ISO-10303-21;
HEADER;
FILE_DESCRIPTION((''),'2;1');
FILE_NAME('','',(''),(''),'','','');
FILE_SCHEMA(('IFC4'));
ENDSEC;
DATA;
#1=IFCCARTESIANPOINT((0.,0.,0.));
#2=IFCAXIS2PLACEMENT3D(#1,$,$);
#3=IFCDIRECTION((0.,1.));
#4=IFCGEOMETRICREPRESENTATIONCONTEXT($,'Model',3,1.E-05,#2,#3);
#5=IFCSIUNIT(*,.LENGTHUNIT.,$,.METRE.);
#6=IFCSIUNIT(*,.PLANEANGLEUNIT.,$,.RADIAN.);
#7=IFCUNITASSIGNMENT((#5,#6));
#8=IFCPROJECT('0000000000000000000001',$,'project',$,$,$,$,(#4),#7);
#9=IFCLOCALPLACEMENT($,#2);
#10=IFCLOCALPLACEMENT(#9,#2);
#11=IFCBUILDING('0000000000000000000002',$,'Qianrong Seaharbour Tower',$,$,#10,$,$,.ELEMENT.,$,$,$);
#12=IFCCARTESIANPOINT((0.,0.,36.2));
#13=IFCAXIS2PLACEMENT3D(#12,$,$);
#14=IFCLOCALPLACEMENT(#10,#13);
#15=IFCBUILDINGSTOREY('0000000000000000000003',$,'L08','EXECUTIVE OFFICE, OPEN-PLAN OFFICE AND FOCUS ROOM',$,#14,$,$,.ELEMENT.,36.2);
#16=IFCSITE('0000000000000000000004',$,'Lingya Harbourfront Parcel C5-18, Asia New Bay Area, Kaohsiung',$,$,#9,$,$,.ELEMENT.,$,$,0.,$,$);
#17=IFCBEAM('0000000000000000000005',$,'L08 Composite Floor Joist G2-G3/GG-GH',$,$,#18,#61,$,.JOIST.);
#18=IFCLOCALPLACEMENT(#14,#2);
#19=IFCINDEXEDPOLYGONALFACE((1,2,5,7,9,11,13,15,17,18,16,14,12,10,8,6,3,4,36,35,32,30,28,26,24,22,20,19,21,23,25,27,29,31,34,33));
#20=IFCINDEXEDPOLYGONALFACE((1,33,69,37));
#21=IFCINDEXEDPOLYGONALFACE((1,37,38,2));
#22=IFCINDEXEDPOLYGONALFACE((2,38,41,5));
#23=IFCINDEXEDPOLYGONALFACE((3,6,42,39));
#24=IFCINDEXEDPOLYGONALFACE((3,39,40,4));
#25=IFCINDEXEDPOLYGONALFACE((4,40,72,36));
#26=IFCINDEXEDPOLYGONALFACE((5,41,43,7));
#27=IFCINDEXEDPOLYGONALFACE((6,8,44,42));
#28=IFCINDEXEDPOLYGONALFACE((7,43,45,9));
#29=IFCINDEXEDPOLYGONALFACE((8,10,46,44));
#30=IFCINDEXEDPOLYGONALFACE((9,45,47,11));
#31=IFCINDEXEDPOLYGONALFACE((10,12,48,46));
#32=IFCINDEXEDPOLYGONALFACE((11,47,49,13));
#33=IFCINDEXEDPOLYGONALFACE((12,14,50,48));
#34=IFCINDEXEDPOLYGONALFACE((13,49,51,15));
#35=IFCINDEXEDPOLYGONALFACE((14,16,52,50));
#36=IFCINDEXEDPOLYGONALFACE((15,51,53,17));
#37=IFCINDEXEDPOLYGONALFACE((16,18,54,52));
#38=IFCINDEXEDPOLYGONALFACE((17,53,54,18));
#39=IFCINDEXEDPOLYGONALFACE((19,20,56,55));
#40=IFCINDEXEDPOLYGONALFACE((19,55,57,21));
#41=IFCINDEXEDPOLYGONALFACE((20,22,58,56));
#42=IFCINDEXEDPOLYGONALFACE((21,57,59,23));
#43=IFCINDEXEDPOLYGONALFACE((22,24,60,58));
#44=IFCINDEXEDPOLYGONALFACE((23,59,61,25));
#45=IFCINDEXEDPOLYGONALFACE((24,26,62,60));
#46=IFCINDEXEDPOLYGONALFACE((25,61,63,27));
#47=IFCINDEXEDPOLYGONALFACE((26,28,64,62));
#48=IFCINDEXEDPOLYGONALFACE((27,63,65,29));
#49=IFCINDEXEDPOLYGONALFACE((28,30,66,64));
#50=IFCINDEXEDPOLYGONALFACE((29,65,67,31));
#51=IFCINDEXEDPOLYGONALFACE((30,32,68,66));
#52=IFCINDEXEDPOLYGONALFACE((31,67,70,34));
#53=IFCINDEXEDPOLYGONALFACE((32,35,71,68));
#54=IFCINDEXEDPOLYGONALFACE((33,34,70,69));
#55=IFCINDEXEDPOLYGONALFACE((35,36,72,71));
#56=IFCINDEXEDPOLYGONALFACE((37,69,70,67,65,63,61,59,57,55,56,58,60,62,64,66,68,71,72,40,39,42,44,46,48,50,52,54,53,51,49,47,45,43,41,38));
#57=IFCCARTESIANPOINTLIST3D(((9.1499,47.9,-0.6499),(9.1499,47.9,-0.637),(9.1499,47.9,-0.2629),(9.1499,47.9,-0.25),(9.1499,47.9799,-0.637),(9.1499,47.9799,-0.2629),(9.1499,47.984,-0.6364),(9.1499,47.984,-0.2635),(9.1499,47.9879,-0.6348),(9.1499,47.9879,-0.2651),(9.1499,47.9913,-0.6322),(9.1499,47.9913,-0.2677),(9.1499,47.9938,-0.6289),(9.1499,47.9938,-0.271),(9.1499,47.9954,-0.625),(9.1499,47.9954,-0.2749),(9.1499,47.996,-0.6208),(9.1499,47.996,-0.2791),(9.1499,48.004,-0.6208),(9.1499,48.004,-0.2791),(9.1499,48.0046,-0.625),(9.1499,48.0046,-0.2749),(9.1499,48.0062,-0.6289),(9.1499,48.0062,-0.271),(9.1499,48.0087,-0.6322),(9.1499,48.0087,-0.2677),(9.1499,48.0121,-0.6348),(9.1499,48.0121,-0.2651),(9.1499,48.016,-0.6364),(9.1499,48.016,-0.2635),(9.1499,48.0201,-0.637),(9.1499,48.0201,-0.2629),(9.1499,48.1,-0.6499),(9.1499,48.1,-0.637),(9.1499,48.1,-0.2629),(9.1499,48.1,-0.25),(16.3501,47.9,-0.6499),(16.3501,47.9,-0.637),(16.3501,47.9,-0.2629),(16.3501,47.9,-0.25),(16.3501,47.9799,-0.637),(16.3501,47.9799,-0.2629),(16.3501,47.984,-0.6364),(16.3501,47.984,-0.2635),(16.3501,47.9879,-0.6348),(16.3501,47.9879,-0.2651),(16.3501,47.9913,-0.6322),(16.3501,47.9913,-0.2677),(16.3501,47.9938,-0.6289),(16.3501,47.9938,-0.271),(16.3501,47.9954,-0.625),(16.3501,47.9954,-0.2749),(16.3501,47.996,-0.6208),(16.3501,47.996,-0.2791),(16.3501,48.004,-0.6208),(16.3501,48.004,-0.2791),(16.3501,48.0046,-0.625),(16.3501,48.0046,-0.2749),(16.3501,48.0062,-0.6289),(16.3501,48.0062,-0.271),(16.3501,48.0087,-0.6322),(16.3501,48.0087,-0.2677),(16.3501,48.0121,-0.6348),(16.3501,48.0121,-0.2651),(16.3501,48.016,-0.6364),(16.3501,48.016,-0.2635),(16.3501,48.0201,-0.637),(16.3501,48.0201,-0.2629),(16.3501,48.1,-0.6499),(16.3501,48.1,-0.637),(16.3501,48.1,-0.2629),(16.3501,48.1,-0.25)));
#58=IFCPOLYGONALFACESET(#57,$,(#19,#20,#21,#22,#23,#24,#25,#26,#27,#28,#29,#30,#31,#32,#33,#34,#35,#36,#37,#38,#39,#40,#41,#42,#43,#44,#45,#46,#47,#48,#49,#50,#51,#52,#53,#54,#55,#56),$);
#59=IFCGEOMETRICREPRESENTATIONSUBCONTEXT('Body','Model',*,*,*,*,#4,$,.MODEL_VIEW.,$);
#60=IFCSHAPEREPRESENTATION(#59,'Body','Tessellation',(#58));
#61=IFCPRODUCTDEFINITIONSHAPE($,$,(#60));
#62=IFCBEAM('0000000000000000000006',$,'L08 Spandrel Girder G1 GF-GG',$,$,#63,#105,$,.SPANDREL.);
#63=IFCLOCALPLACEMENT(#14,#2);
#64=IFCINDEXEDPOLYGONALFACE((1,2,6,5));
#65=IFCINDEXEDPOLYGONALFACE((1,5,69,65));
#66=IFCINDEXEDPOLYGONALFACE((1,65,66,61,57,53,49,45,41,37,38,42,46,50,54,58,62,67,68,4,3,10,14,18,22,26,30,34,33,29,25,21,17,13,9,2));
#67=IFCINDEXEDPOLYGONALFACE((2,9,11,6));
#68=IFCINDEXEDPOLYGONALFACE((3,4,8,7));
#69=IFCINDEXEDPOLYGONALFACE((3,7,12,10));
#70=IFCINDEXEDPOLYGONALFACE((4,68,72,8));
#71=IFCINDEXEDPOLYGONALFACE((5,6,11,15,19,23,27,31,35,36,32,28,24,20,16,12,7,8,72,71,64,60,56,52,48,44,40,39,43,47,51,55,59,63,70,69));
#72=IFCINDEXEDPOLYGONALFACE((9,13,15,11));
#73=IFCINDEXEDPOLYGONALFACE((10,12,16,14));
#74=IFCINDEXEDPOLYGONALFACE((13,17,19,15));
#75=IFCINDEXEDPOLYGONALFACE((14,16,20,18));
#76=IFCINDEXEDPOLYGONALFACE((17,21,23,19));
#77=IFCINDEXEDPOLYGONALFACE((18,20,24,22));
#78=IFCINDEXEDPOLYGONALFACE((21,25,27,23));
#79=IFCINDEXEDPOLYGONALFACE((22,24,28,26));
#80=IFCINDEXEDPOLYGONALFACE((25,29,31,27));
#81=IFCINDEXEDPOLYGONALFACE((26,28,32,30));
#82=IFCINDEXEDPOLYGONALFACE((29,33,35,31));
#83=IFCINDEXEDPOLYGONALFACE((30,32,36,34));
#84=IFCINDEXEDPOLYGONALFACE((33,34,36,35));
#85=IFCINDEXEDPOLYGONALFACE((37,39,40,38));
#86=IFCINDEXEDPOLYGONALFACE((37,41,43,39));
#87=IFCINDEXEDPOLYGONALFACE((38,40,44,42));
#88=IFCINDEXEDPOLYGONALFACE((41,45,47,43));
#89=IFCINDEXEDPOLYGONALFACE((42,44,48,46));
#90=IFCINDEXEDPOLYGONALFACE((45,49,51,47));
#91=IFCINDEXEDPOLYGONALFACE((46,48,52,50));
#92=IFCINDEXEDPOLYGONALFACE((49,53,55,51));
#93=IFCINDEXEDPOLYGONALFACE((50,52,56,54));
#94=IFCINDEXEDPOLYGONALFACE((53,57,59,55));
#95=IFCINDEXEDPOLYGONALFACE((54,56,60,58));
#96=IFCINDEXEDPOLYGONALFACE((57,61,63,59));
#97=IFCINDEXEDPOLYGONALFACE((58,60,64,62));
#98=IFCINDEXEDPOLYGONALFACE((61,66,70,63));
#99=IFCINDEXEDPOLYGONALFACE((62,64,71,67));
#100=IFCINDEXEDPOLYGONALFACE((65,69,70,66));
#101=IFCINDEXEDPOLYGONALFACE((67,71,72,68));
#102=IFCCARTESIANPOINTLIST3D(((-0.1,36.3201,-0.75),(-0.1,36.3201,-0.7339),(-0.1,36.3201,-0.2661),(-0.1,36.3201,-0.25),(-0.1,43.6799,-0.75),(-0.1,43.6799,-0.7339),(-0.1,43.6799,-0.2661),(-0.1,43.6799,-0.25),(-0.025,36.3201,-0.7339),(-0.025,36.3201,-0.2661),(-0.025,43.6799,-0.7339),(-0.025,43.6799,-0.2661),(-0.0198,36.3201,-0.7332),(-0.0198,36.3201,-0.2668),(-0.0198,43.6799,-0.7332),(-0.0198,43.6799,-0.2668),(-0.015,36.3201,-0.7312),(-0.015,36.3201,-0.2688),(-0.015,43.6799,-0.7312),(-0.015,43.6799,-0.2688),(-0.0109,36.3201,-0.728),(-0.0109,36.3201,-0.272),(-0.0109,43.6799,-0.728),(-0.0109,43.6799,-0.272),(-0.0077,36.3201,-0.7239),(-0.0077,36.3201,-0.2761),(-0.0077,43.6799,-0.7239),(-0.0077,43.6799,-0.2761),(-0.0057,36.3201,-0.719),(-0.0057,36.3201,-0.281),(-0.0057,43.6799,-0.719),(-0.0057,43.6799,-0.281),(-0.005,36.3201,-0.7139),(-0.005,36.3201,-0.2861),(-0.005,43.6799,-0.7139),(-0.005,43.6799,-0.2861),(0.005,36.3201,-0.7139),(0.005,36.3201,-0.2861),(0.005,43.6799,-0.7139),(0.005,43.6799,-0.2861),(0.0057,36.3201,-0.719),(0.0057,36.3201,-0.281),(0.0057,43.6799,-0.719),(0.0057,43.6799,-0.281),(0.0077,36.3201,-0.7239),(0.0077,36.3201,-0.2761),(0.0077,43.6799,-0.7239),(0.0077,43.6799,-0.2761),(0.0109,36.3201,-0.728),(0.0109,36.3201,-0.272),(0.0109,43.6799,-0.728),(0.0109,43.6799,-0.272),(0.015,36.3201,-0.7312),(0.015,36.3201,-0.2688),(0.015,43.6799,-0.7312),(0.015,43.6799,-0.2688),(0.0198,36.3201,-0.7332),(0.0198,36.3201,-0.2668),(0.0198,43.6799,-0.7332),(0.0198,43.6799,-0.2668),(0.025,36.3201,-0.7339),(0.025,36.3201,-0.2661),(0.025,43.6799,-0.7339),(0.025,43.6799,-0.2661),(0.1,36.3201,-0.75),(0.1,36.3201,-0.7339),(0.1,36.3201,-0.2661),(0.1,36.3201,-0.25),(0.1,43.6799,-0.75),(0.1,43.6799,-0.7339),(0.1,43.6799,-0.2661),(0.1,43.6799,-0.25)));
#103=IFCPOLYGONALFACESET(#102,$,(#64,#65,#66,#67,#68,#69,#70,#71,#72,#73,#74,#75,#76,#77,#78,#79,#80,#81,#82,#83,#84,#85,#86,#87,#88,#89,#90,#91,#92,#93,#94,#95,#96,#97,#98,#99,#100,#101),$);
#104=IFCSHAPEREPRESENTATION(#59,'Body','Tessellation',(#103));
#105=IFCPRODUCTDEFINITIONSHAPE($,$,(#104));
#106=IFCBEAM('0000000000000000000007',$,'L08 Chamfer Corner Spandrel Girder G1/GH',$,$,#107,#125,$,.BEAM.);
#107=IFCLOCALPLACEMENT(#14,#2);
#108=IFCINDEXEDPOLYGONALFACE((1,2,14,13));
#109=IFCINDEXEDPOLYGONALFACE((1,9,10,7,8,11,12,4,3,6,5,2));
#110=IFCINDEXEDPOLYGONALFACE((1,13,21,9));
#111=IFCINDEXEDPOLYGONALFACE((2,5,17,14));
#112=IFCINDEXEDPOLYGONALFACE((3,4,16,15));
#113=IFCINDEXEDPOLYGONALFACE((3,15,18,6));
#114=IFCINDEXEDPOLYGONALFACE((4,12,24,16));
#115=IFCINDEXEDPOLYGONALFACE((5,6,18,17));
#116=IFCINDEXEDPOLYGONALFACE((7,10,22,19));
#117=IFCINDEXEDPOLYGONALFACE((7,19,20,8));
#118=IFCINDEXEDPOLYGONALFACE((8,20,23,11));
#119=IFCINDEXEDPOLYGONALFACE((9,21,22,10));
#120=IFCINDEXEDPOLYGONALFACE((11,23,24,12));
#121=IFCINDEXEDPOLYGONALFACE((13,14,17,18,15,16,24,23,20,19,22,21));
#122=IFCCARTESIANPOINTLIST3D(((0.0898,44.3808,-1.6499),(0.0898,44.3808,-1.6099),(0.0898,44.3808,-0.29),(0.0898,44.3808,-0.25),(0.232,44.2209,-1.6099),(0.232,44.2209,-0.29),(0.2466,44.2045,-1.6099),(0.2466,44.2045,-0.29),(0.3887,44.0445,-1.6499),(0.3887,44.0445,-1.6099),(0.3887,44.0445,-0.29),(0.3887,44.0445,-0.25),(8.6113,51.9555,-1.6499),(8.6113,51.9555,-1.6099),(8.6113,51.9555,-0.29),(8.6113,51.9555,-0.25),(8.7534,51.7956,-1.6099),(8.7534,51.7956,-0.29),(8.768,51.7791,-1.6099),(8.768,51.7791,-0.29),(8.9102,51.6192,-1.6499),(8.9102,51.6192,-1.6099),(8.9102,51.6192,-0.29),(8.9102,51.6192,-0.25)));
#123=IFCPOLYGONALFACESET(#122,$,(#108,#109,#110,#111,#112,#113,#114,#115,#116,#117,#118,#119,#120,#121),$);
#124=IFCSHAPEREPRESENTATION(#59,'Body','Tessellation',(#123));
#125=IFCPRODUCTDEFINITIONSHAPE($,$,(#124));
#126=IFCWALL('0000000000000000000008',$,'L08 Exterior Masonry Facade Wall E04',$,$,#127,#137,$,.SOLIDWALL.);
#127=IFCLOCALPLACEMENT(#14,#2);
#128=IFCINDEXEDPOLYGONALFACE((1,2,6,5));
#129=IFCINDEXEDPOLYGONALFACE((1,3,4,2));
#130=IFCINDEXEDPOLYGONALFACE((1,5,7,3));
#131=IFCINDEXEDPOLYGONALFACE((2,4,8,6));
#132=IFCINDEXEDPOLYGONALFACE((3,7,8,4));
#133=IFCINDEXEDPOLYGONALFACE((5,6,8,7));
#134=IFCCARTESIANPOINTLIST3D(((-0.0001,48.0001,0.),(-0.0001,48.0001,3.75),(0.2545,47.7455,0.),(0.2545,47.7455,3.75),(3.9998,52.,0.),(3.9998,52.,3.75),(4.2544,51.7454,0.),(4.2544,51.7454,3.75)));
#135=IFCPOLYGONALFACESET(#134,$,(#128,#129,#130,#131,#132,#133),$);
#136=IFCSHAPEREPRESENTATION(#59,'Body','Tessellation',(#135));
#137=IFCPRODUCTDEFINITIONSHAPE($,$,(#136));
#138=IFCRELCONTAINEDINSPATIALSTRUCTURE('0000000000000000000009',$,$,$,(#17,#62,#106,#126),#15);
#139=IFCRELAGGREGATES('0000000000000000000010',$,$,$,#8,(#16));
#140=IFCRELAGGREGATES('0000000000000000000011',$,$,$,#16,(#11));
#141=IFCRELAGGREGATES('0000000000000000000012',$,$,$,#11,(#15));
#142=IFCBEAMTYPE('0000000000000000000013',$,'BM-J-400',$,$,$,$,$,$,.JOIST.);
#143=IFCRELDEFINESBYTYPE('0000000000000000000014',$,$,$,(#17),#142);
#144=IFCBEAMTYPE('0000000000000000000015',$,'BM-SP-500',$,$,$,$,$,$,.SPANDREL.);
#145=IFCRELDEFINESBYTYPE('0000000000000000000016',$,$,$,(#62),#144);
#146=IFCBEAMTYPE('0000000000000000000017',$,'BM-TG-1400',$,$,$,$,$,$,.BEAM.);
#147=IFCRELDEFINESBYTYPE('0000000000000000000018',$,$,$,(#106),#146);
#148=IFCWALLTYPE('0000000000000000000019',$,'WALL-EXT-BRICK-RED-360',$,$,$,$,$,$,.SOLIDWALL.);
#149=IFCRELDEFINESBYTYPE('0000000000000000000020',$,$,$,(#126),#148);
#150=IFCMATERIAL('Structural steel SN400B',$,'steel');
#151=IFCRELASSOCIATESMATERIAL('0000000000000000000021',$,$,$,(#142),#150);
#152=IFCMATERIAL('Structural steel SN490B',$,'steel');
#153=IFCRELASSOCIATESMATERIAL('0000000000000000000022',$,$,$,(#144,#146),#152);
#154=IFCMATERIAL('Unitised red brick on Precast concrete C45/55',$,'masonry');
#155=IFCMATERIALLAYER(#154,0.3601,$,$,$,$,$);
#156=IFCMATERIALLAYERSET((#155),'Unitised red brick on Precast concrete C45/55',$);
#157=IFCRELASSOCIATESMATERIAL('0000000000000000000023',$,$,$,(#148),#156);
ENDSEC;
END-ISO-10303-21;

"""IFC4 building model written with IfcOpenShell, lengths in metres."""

from ifc_helpers import new_model, si_unit, direction, frame, frame_2d, origin, origin_2d, place, context, subcontext, project, spatial, rectangle, i_section, extrude, material, layer, layer_set, material_profile, profile_set, type_object, element, save


model = new_model("IFC4")

# Units and contexts
model_context = context("Model", 3, precision=1e-05, world=origin(), true_north=direction((0.0, 1.0)))
body_context = subcontext(model_context, "Body", "Model", "MODEL_VIEW")
ifc_project = project(units=[si_unit("LENGTHUNIT", "METRE"), si_unit("PLANEANGLEUNIT", "RADIAN")], contexts=[model_context])

# Site, building, storey
site_placement = place(None, origin())
site = spatial("IfcSite", under=ifc_project, at=site_placement, Name="Lingya Harbourfront Parcel C5-18, Asia New Bay Area, Kaohsiung", CompositionType="ELEMENT", RefElevation=0.0)
building_placement = place(site_placement, origin())
building = spatial("IfcBuilding", under=site, at=building_placement, Name="Qianrong Seaharbour Tower", CompositionType="ELEMENT")
storey_placement = place(building_placement, frame((0.0, 0.0, 36.2)))
storey = spatial("IfcBuildingStorey", under=building, at=storey_placement, Name="L08", Description="EXECUTIVE OFFICE, OPEN-PLAN OFFICE AND FOCUS ROOM", CompositionType="ELEMENT", Elevation=36.2)

# Shared definitions
ifc_material_1 = material(Name="Structural steel SN490B", Category="steel")

# Beams
ifc_material_2 = material(Name="Structural steel SN400B", Category="steel")
ifc_material_profile_1 = material_profile(ifc_material_2, i_section(OverallWidth=0.2, OverallDepth=0.3999, WebThickness=0.0081, FlangeThickness=0.0129, FilletRadius=0.0161, at=origin_2d()), Name="H400x200x8x13")
ifc_profile_set_1 = profile_set([ifc_material_profile_1], Name="Structural steel SN400B")
beam_type_1 = type_object("IfcBeamType", Name="BM-J-400", PredefinedType="JOIST", material=ifc_profile_set_1)
for number, where, z_axis, x_axis, name in (
    (1, (9.1499, 48.0, -0.45), (1.0, 0.0, 0.0), (0.0, 1.0, 0.0), "L08 Composite Floor Joist G2-G3/GG-GH"),
):
    element("IfcBeam", number, at=place(storey_placement, frame(where, z_axis=z_axis, x_axis=x_axis)), inside=storey, type_object=beam_type_1, Name=name, PredefinedType="JOIST", context=body_context, shape_type="SweptSolid", body=[
        extrude(i_section(OverallWidth=0.2, OverallDepth=0.3999, WebThickness=0.0081, FlangeThickness=0.0129, FilletRadius=0.0161, at=origin_2d()), origin(), (0.0, 0.0, 1.0), 7.2002),
    ])
ifc_material_profile_2 = material_profile(ifc_material_1, i_section(OverallWidth=0.2, OverallDepth=0.5, WebThickness=0.01, FlangeThickness=0.0161, FilletRadius=0.02, at=origin_2d()), Name="H500x200x10x16")
ifc_profile_set_2 = profile_set([ifc_material_profile_2], Name="Structural steel SN490B")
beam_type_2 = type_object("IfcBeamType", Name="BM-SP-500", PredefinedType="SPANDREL", material=ifc_profile_set_2)
beam_1_placement = place(storey_placement, frame((0.0, 36.3201, -0.5), z_axis=(0.0, 1.0, 0.0), x_axis=(-1.0, 0.0, 0.0)))
element("IfcBeam", 2, at=beam_1_placement, inside=storey, type_object=beam_type_2, Name="L08 Spandrel Girder G1 GF-GG", PredefinedType="SPANDREL", context=body_context, shape_type="SweptSolid", body=[
    extrude(i_section(OverallWidth=0.2, OverallDepth=0.5, WebThickness=0.01, FlangeThickness=0.0161, FilletRadius=0.02, at=origin_2d()), origin(), (0.0, 0.0, 1.0), 7.3599),
])
ifc_material_profile_3 = material_profile(ifc_material_1, i_section(OverallWidth=0.45, OverallDepth=1.3999, WebThickness=0.022, FlangeThickness=0.04, at=origin_2d()), Name="BH1400x450x22x40")
ifc_profile_set_3 = profile_set([ifc_material_profile_3], Name="Structural steel SN490B")
beam_type_3 = type_object("IfcBeamType", Name="BM-TG-1400", PredefinedType="BEAM", material=ifc_profile_set_3)
beam_2_placement = place(storey_placement, frame((8.7607, 51.7874, -0.95), z_axis=(-0.747407, -0.664366, 0.0), x_axis=(0.664366, -0.747407, 0.0)))
element("IfcBeam", 3, at=beam_2_placement, inside=storey, type_object=beam_type_3, Name="L08 Chamfer Corner Spandrel Girder G1/GH", PredefinedType="BEAM", context=body_context, shape_type="SweptSolid", body=[
    extrude(i_section(OverallWidth=0.45, OverallDepth=1.3999, WebThickness=0.022, FlangeThickness=0.04, at=origin_2d()), origin(), (0.0, 0.0, 1.0), 11.4014),
])

# Wall
ifc_material_3 = material(Name="Unitised red brick on Precast concrete C45/55", Category="masonry")
ifc_layer_1 = layer(ifc_material_3, 0.3601)
ifc_layer_set_1 = layer_set([ifc_layer_1], Name="Unitised red brick on Precast concrete C45/55")
wall_type_1 = type_object("IfcWallType", Name="WALL-EXT-BRICK-RED-360", PredefinedType="SOLIDWALL", material=ifc_layer_set_1)
wall_1_placement = place(storey_placement, frame((0.1272, 47.8728, 0.0), z_axis=(0.0, 0.0, 1.0), x_axis=(0.707107, 0.707107, 0.0)))
element("IfcWall", 4, at=wall_1_placement, inside=storey, type_object=wall_type_1, Name="L08 Exterior Masonry Facade Wall E04", PredefinedType="SOLIDWALL", context=body_context, shape_type="SweptSolid", body=[
    extrude(rectangle(XDim=5.6567, YDim=0.3601, at=frame_2d((2.8284, 0.0))), origin(), (0.0, 0.0, 1.0), 3.75),
])

save(model, "model.ifc")
